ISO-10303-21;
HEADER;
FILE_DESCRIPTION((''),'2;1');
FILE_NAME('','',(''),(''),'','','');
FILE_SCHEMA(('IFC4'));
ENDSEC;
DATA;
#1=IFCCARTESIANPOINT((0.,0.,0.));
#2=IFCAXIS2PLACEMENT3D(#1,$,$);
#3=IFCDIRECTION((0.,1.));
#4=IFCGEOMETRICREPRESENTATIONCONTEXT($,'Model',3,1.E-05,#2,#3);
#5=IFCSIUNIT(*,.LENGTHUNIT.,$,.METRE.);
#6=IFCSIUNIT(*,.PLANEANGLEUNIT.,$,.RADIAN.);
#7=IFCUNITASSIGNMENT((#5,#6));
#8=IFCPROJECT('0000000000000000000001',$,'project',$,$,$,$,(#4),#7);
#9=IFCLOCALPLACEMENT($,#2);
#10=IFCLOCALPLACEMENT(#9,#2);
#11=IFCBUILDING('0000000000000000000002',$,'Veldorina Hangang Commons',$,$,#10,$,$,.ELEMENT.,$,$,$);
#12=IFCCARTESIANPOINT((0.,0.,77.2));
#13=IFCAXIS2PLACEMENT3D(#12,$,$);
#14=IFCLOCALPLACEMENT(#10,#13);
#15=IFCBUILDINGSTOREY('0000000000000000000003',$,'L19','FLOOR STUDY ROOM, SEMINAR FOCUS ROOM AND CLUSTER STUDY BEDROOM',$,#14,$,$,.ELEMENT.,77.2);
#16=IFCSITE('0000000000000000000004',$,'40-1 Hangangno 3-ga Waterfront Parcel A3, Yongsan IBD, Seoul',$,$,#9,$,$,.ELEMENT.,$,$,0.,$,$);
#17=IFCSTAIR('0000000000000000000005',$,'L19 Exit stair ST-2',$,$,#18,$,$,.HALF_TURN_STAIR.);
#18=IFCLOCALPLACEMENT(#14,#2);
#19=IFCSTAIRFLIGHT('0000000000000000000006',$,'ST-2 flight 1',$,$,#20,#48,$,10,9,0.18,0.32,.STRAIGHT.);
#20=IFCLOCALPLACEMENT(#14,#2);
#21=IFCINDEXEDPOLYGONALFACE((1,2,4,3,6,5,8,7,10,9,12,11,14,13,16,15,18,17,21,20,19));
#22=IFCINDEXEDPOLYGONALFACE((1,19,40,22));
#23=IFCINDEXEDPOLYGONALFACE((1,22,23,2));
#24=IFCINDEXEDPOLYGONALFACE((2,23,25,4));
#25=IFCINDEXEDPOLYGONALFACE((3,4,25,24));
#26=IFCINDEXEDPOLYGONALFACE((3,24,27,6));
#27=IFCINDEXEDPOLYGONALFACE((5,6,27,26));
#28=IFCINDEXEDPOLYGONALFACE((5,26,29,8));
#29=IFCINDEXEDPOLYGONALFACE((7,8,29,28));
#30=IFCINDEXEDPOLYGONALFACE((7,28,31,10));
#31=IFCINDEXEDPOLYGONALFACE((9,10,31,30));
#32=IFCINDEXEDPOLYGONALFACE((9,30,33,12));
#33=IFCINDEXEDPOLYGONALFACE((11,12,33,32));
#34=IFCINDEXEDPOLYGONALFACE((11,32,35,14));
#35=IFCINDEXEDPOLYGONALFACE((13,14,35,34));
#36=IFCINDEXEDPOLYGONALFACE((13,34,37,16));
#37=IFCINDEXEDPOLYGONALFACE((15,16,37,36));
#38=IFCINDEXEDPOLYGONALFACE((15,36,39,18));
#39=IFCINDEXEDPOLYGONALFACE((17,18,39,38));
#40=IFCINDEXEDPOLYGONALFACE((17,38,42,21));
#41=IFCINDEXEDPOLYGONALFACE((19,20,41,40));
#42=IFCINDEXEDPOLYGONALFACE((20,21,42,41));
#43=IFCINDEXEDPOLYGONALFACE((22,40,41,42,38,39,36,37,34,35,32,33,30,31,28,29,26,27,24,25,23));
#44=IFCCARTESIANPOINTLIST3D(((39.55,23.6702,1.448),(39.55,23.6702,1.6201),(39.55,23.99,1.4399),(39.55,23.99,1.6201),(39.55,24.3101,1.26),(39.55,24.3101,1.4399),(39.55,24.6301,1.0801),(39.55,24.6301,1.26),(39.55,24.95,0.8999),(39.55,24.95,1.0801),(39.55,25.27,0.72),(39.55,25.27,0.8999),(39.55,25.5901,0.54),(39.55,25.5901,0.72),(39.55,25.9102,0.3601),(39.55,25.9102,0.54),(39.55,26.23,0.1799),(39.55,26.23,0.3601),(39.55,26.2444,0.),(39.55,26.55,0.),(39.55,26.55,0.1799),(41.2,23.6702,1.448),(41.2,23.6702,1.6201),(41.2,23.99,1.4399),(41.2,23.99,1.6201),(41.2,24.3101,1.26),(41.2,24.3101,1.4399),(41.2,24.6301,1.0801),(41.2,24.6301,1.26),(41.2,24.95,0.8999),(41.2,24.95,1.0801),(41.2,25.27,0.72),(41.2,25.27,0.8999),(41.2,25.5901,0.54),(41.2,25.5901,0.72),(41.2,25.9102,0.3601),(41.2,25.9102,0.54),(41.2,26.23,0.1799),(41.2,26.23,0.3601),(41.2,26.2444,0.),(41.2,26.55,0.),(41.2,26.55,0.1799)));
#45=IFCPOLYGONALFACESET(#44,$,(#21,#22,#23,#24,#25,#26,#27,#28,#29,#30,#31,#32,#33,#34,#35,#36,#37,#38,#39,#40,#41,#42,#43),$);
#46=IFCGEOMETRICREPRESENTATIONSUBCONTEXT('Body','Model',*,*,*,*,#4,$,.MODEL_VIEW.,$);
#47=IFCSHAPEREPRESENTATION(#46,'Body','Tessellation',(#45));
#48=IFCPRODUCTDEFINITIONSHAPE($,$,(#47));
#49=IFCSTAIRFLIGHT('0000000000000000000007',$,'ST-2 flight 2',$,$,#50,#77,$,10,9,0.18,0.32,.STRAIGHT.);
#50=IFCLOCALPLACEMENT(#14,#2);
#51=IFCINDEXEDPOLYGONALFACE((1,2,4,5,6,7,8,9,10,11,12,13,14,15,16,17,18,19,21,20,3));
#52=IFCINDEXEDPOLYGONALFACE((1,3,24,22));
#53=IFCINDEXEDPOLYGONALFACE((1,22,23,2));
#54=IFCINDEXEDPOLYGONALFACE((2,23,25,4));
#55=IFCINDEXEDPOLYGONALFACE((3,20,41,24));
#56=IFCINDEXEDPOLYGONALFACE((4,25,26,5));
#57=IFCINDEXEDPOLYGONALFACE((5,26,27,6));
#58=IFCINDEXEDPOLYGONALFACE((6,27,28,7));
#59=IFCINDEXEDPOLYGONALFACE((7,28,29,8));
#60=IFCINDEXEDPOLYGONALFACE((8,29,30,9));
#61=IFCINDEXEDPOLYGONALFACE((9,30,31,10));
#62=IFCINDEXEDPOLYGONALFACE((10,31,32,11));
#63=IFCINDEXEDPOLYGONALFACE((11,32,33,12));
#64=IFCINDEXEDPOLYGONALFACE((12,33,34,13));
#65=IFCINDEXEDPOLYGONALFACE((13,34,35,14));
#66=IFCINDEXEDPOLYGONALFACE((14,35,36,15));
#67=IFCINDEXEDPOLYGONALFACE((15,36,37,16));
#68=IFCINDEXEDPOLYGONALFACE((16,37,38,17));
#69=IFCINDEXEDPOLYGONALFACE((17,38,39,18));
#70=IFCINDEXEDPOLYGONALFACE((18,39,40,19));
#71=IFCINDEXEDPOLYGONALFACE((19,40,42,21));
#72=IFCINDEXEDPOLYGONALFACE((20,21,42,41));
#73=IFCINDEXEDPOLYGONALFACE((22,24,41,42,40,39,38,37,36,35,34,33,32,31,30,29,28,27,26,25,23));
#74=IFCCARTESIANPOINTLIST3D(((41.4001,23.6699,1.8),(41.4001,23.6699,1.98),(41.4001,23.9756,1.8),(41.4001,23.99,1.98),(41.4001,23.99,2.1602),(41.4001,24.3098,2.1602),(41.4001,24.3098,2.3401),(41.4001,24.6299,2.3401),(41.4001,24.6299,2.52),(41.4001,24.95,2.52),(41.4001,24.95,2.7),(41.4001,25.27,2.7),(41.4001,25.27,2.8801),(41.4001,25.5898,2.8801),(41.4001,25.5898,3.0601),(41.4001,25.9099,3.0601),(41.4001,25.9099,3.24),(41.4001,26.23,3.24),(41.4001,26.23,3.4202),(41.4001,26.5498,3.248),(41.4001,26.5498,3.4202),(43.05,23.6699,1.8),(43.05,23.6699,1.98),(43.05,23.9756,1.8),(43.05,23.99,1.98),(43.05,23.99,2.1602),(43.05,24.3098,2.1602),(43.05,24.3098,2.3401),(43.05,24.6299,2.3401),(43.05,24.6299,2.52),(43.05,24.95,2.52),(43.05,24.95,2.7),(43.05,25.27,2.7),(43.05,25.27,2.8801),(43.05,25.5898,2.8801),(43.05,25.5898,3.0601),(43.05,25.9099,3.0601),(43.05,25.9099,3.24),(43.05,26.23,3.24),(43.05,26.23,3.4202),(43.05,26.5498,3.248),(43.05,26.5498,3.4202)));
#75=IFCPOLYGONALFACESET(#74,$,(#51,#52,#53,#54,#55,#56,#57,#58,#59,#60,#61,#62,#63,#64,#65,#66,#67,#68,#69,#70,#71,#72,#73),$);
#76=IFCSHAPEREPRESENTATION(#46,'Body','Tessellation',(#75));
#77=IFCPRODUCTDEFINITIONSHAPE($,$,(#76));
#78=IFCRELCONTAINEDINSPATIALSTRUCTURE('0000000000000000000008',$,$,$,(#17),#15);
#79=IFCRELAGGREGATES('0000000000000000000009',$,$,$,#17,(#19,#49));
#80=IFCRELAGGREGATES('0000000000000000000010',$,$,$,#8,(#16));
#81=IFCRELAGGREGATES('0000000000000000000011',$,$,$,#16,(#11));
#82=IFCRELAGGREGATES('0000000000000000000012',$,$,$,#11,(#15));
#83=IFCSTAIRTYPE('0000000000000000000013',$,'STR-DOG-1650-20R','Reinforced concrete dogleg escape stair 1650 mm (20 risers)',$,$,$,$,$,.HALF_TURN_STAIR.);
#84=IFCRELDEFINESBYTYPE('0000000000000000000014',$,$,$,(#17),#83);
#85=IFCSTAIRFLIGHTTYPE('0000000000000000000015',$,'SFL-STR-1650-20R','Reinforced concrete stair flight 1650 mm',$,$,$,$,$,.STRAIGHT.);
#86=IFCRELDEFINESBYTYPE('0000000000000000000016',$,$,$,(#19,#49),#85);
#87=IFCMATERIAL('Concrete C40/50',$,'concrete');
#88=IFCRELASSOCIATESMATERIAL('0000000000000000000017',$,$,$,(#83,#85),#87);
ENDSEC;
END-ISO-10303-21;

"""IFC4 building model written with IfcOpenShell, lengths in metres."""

from ifc_helpers import new_model, si_unit, direction, frame, origin, place, context, subcontext, project, spatial, polyline, outline, extrude, material, type_object, element, aggregate, save


model = new_model("IFC4")

# Units and contexts
model_context = context("Model", 3, precision=1e-05, world=origin(), true_north=direction((0.0, 1.0)))
body_context = subcontext(model_context, "Body", "Model", "MODEL_VIEW")
ifc_project = project(units=[si_unit("LENGTHUNIT", "METRE"), si_unit("PLANEANGLEUNIT", "RADIAN")], contexts=[model_context])

# Site, building, storey
site_placement = place(None, origin())
site = spatial("IfcSite", under=ifc_project, at=site_placement, Name="40-1 Hangangno 3-ga Waterfront Parcel A3, Yongsan IBD, Seoul", CompositionType="ELEMENT", RefElevation=0.0)
building_placement = place(site_placement, origin())
building = spatial("IfcBuilding", under=site, at=building_placement, Name="Veldorina Hangang Commons", CompositionType="ELEMENT")
storey_placement = place(building_placement, frame((0.0, 0.0, 77.2)))
storey = spatial("IfcBuildingStorey", under=building, at=storey_placement, Name="L19", Description="FLOOR STUDY ROOM, SEMINAR FOCUS ROOM AND CLUSTER STUDY BEDROOM", CompositionType="ELEMENT", Elevation=77.2)

# Stair, stair flights
ifc_material_1 = material(Name="Concrete C40/50", Category="concrete")
stair_type = type_object("IfcStairType", Name="STR-DOG-1650-20R", Description="Reinforced concrete dogleg escape stair 1650 mm (20 risers)", PredefinedType="HALF_TURN_STAIR", material=ifc_material_1)
stair_placement = place(storey_placement, origin())
stair = element("IfcStair", 1, at=stair_placement, inside=storey, type_object=stair_type, Name="L19 Exit stair ST-2", PredefinedType="HALF_TURN_STAIR")
stair_flight_type = type_object("IfcStairFlightType", Name="SFL-STR-1650-20R", Description="Reinforced concrete stair flight 1650 mm", PredefinedType="STRAIGHT", material=ifc_material_1)
stair_flight_1_placement = place(storey_placement, frame((40.375, 26.55, 0.0), z_axis=(0.0, 0.0, 1.0), x_axis=(0.0, -1.0, 0.0)))
stair_flight_1 = element("IfcStairFlight", 2, at=stair_flight_1_placement, type_object=stair_flight_type, Name="ST-2 flight 1", NumberOfRisers=10, NumberOfTreads=9, PredefinedType="STRAIGHT", RiserHeight=0.18, TreadLength=0.32, context=body_context, shape_type="SweptSolid", body=[
    extrude(outline(polyline([(0.0, 0.0), (0.0, 0.1799), (0.3201, 0.1799), (0.3201, 0.3601), (0.6399, 0.3601), (0.6399, 0.54), (0.96, 0.54), (0.96, 0.72), (1.28, 0.72), (1.28, 0.8999), (1.6001, 0.8999), (1.6001, 1.0801), (1.9199, 1.0801), (1.9199, 1.26), (2.24, 1.26), (2.24, 1.4399), (2.5601, 1.4399), (2.5601, 1.6201), (2.8799, 1.6201), (2.8799, 1.8), (2.8799, 1.448), (0.3057, 0.0), (0.0, 0.0)])), frame((0.0, 0.825, 0.0), z_axis=(0.0, -1.0, 0.0), x_axis=(1.0, 0.0, 0.0)), (0.0, 0.0, 1.0), 1.6499),
])
stair_flight_2_placement = place(storey_placement, frame((42.2251, 23.6699, 1.8), z_axis=(0.0, 0.0, 1.0), x_axis=(0.0, 1.0, 0.0)))
stair_flight_2 = element("IfcStairFlight", 3, at=stair_flight_2_placement, type_object=stair_flight_type, Name="ST-2 flight 2", NumberOfRisers=10, NumberOfTreads=9, PredefinedType="STRAIGHT", RiserHeight=0.18, TreadLength=0.32, context=body_context, shape_type="SweptSolid", body=[
    extrude(outline(polyline([(0.0, 0.0), (0.0, 0.1799), (0.3201, 0.1799), (0.3201, 0.3601), (0.6399, 0.3601), (0.6399, 0.54), (0.96, 0.54), (0.96, 0.72), (1.28, 0.72), (1.28, 0.8999), (1.6001, 0.8999), (1.6001, 1.0801), (1.9199, 1.0801), (1.9199, 1.26), (2.24, 1.26), (2.24, 1.4399), (2.5601, 1.4399), (2.5601, 1.6201), (2.8799, 1.6201), (2.8799, 1.8), (2.8799, 1.448), (0.3057, 0.0), (0.0, 0.0)])), frame((0.0, 0.825, 0.0), z_axis=(0.0, -1.0, 0.0), x_axis=(1.0, 0.0, 0.0)), (0.0, 0.0, 1.0), 1.6499),
])
aggregate(stair, [stair_flight_1, stair_flight_2])

save(model, "model.ifc")
